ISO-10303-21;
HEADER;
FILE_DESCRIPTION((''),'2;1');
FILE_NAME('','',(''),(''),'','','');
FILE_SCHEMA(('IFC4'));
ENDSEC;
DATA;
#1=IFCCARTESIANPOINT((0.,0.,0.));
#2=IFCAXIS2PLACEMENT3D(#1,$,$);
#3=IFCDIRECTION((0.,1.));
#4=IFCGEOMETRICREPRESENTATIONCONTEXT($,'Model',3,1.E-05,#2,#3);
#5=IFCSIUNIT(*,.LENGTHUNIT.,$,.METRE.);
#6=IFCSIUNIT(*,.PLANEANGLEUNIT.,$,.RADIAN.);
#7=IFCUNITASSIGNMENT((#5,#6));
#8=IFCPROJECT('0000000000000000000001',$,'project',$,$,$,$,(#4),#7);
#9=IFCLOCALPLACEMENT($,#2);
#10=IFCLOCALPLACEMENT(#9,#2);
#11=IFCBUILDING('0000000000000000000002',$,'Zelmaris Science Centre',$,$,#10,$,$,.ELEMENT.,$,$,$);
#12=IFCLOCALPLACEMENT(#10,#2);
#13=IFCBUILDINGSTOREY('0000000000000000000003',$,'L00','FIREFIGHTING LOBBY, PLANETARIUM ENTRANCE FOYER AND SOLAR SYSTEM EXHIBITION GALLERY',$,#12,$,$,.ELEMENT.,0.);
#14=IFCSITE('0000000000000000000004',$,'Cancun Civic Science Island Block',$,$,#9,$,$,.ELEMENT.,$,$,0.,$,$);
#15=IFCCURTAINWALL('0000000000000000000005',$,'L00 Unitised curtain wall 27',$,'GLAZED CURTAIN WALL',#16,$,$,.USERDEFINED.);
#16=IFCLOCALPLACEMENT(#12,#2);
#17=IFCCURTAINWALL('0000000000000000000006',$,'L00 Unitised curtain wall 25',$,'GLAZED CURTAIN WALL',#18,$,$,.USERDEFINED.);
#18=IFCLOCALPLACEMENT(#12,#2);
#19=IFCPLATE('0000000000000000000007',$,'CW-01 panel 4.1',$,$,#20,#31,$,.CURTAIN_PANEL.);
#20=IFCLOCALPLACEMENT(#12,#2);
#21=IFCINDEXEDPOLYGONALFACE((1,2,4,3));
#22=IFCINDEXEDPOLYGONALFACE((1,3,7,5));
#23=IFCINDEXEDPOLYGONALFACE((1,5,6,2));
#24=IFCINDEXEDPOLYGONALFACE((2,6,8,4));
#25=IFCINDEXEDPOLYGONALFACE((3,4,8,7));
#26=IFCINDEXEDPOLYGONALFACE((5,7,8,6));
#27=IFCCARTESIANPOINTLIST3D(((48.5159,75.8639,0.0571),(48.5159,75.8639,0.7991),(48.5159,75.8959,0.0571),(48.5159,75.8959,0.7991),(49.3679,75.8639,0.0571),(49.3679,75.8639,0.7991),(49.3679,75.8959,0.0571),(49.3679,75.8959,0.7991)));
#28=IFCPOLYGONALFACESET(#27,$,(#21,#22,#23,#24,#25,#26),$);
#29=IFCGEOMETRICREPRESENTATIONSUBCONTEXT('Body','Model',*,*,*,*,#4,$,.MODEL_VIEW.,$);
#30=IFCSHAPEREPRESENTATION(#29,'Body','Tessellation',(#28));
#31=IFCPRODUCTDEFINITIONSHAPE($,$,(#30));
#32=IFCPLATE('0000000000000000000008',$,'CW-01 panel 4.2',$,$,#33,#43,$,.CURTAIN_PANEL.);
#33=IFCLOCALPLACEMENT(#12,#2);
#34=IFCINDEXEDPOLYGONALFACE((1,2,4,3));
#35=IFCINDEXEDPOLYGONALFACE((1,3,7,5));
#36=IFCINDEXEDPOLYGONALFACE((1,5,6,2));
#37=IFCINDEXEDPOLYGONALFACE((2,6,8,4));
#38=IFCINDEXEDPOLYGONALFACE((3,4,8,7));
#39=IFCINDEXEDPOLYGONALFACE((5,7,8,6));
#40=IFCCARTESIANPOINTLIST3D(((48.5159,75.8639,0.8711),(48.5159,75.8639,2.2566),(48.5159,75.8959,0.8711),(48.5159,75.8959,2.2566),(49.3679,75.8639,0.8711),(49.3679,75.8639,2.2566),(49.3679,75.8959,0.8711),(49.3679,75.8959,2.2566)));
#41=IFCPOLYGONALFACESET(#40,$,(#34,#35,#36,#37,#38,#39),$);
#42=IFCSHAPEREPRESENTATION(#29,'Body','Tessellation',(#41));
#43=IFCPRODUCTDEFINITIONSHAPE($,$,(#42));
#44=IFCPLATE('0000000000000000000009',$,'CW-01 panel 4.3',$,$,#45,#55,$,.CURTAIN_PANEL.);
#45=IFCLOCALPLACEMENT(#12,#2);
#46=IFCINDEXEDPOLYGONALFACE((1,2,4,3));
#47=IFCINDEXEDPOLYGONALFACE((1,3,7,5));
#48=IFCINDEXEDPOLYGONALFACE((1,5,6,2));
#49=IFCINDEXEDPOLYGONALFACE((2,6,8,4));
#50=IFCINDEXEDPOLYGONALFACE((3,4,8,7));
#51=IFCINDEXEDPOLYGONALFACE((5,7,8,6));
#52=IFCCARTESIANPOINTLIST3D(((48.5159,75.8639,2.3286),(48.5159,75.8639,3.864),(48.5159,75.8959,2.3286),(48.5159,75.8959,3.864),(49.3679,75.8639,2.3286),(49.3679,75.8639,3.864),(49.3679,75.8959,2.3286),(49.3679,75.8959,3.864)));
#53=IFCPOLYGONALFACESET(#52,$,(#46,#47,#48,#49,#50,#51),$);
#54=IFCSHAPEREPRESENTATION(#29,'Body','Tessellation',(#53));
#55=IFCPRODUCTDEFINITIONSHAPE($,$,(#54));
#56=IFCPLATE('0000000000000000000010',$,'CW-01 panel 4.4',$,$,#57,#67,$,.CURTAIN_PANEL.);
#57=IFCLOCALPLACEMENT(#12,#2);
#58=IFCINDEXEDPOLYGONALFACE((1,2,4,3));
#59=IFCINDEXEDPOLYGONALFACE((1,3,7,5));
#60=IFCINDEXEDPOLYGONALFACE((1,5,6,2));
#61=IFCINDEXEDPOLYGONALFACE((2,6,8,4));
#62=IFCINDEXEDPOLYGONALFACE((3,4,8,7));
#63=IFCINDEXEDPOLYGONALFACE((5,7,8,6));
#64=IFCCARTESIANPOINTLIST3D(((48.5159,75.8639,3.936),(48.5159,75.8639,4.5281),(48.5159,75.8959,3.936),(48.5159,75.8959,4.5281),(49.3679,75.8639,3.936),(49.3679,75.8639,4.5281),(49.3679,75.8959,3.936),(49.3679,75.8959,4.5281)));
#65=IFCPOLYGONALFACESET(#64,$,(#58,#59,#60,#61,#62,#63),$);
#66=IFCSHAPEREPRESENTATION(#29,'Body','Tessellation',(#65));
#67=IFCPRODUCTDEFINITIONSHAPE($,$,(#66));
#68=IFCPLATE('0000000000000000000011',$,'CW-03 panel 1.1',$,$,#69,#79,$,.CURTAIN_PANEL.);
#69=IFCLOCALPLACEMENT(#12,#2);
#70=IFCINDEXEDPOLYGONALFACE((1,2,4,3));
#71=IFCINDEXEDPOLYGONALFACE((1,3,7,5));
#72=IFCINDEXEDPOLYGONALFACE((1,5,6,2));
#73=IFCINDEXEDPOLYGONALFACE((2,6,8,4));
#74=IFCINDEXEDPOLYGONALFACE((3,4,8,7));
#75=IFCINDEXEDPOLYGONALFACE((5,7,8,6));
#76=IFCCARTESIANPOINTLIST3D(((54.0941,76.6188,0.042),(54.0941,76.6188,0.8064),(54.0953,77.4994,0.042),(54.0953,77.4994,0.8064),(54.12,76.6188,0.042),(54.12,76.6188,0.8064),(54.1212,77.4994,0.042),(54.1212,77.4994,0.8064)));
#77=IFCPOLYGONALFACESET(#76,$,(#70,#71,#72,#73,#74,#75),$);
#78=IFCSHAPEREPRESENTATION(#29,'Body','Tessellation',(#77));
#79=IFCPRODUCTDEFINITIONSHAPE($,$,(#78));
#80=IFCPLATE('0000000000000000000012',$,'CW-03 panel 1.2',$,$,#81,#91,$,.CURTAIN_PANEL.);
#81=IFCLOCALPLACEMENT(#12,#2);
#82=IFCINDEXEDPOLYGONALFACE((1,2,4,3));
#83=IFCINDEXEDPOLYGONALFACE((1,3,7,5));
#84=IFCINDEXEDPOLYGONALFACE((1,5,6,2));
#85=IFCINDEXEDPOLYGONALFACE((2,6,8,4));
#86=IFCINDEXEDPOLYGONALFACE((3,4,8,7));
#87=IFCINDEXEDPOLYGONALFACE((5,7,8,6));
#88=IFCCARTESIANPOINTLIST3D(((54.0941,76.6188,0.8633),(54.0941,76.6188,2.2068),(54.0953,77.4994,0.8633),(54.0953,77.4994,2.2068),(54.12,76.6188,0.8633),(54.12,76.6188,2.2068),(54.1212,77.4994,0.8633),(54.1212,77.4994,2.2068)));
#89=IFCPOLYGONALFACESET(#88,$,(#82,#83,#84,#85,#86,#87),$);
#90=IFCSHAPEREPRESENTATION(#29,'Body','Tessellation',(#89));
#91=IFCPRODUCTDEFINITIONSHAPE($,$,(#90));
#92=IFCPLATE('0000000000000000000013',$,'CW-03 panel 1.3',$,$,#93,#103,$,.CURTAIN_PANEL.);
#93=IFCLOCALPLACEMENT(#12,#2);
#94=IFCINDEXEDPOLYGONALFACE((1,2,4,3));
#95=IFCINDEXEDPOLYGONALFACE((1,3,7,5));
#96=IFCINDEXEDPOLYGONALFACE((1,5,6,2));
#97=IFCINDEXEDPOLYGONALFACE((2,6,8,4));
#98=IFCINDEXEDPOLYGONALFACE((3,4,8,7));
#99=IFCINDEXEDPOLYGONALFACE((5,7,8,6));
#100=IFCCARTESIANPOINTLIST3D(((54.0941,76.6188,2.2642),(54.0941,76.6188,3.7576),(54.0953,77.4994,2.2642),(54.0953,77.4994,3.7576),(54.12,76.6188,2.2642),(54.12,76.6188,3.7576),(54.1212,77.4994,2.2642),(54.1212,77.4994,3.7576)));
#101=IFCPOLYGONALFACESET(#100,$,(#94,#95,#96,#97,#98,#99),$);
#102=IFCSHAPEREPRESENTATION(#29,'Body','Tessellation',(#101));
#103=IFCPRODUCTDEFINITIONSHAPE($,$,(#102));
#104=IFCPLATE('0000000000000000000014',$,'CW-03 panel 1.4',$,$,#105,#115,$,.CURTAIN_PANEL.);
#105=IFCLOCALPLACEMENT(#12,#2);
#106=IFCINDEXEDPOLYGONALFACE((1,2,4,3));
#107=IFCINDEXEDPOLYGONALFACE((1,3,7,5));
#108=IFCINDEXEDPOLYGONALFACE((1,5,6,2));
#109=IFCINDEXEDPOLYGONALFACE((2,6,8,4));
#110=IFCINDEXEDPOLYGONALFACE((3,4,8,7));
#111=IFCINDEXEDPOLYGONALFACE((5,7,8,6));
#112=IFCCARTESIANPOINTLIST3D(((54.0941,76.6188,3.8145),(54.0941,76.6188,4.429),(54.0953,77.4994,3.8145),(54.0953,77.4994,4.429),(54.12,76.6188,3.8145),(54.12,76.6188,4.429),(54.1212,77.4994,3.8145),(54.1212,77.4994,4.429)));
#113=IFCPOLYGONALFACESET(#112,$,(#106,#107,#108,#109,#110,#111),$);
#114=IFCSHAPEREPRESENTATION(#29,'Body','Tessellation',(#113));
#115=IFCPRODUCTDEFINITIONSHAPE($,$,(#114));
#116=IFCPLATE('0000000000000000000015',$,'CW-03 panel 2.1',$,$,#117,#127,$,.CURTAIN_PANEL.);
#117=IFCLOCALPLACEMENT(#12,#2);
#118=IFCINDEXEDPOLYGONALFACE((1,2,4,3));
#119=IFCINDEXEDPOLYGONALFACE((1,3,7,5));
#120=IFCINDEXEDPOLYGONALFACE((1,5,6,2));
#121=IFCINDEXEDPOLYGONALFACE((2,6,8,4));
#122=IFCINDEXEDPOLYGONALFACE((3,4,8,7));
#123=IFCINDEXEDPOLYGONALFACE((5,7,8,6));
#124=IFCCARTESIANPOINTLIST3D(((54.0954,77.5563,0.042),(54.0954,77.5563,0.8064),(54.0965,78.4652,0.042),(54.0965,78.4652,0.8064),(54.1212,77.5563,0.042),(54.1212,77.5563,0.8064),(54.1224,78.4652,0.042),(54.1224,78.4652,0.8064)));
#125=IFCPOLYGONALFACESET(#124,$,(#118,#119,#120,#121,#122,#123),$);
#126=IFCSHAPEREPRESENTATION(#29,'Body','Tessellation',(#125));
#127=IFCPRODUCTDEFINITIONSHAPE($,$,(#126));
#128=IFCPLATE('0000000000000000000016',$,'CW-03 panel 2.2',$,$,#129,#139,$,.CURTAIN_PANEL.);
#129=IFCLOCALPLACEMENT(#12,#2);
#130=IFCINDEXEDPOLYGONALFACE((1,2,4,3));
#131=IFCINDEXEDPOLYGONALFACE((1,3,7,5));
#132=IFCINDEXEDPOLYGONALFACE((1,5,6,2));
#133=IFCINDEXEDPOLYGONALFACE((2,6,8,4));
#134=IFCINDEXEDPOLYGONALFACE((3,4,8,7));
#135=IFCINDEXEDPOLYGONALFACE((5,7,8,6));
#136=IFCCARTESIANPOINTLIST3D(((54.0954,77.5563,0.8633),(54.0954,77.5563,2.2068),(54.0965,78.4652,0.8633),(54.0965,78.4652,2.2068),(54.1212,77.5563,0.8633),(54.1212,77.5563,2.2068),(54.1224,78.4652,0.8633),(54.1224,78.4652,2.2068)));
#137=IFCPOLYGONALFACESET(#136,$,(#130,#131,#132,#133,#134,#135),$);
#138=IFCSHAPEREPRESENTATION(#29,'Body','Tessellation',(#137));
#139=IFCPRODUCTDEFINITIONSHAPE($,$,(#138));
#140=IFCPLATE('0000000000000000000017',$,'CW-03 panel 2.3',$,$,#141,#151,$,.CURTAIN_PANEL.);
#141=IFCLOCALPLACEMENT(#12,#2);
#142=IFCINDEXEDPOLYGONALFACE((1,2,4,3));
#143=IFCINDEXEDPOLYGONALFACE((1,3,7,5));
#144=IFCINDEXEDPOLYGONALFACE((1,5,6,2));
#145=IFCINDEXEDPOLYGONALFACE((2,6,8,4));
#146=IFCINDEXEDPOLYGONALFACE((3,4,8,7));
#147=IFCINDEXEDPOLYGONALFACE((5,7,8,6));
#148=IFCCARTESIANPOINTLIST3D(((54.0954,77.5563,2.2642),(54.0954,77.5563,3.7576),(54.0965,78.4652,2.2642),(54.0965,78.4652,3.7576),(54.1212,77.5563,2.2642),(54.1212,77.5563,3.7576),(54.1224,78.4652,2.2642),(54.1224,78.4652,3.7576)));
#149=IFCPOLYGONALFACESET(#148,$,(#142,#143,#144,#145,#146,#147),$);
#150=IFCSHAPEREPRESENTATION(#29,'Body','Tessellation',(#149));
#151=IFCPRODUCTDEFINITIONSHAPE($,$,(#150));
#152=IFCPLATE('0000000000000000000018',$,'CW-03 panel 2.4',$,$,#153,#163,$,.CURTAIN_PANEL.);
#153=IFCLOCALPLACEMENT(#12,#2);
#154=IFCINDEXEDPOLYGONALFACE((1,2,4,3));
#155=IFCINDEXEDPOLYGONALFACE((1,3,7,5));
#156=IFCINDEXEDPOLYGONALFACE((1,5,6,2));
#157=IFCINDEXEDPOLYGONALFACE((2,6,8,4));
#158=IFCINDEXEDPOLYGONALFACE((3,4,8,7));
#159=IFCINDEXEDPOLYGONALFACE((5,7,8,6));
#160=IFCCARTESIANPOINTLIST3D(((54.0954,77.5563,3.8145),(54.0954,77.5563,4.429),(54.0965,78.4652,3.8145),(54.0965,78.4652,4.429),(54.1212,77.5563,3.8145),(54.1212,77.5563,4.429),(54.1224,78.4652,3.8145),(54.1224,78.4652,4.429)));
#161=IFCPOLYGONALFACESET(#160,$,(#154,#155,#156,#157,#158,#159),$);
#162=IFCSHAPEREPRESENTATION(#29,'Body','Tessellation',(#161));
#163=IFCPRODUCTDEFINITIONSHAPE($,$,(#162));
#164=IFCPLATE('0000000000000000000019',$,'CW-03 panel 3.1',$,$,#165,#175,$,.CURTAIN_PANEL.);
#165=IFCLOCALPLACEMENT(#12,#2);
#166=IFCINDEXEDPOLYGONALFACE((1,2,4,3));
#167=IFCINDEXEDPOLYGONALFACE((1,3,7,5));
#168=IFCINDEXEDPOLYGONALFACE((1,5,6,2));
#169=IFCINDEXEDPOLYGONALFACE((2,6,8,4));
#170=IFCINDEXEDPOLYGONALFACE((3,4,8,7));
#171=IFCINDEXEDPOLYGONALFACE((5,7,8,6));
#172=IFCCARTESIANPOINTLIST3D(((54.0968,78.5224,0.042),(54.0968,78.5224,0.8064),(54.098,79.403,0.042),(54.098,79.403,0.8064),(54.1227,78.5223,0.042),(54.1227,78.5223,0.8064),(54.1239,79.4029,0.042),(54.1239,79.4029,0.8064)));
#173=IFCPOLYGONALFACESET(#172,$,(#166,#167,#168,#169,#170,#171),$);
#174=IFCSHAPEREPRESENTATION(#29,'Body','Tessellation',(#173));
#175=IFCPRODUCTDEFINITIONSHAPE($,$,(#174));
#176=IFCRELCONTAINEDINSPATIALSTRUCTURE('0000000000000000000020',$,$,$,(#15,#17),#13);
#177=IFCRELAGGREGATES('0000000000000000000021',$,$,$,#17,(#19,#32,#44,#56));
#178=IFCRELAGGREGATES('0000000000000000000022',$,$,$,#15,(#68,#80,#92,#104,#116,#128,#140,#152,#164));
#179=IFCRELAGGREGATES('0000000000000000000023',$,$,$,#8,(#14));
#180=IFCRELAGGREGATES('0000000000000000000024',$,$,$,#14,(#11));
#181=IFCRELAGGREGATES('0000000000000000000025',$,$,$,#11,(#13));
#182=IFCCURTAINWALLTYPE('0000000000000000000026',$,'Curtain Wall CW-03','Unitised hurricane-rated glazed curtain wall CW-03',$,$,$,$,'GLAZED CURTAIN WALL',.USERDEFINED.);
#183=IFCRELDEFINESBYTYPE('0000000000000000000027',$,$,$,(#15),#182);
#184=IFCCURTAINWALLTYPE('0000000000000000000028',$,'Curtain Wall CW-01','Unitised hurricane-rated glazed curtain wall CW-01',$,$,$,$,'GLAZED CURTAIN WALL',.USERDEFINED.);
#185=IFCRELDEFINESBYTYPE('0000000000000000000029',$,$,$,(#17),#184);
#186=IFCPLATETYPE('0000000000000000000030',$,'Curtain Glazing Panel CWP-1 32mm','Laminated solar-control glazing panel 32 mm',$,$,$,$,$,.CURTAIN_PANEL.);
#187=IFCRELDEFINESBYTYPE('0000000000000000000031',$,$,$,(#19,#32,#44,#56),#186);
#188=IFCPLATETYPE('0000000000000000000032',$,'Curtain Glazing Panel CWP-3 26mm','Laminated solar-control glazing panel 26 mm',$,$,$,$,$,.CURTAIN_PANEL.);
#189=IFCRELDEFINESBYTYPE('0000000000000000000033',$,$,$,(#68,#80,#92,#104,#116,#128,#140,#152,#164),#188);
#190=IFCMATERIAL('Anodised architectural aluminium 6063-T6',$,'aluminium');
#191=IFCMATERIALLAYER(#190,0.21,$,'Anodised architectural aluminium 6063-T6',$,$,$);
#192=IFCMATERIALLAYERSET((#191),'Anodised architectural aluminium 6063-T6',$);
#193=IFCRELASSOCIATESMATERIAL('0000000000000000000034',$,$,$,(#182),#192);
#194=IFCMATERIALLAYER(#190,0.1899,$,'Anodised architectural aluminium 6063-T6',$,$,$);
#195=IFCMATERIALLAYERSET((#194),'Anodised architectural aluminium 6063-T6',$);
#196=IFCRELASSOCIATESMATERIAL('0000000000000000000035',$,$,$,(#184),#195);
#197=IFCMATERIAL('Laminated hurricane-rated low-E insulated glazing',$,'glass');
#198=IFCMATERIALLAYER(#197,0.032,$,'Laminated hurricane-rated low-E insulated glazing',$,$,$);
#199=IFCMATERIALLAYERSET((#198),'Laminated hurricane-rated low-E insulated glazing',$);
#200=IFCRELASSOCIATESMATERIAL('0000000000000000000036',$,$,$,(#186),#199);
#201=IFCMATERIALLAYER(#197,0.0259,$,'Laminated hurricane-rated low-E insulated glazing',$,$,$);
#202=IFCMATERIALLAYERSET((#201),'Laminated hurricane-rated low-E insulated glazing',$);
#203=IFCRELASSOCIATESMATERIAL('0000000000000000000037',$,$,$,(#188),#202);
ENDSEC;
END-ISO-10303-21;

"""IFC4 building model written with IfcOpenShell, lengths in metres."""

from ifc_helpers import new_model, si_unit, direction, frame, origin, origin_2d, place, context, subcontext, project, spatial, rectangle, extrude, material, layer, layer_set, type_object, element, aggregate, save


model = new_model("IFC4")

# Units and contexts
model_context = context("Model", 3, precision=1e-05, world=origin(), true_north=direction((0.0, 1.0)))
body_context = subcontext(model_context, "Body", "Model", "MODEL_VIEW")
ifc_project = project(units=[si_unit("LENGTHUNIT", "METRE"), si_unit("PLANEANGLEUNIT", "RADIAN")], contexts=[model_context])

# Site, building, storey
site_placement = place(None, origin())
site = spatial("IfcSite", under=ifc_project, at=site_placement, Name="Cancun Civic Science Island Block", CompositionType="ELEMENT", RefElevation=0.0)
building_placement = place(site_placement, origin())
building = spatial("IfcBuilding", under=site, at=building_placement, Name="Zelmaris Science Centre", CompositionType="ELEMENT")
storey_placement = place(building_placement, origin())
storey = spatial("IfcBuildingStorey", under=building, at=storey_placement, Name="L00", Description="FIREFIGHTING LOBBY, PLANETARIUM ENTRANCE FOYER AND SOLAR SYSTEM EXHIBITION GALLERY", CompositionType="ELEMENT", Elevation=0.0)

# Curtain wall
ifc_material_1 = material(Name="Anodised architectural aluminium 6063-T6", Category="aluminium")
ifc_layer_1 = layer(ifc_material_1, 0.21, Name="Anodised architectural aluminium 6063-T6")
ifc_layer_set_1 = layer_set([ifc_layer_1], Name="Anodised architectural aluminium 6063-T6")
curtain_wall_type_1 = type_object("IfcCurtainWallType", Name="Curtain Wall CW-03", Description="Unitised hurricane-rated glazed curtain wall CW-03", ElementType="GLAZED CURTAIN WALL", PredefinedType="USERDEFINED", material=ifc_layer_set_1)
curtain_wall_1_placement = place(storey_placement, origin())
curtain_wall_1 = element("IfcCurtainWall", 1, at=curtain_wall_1_placement, inside=storey, type_object=curtain_wall_type_1, Name="L00 Unitised curtain wall 27", ObjectType="GLAZED CURTAIN WALL", PredefinedType="USERDEFINED")

# Curtain wall
ifc_layer_2 = layer(ifc_material_1, 0.1899, Name="Anodised architectural aluminium 6063-T6")
ifc_layer_set_2 = layer_set([ifc_layer_2], Name="Anodised architectural aluminium 6063-T6")
curtain_wall_type_2 = type_object("IfcCurtainWallType", Name="Curtain Wall CW-01", Description="Unitised hurricane-rated glazed curtain wall CW-01", ElementType="GLAZED CURTAIN WALL", PredefinedType="USERDEFINED", material=ifc_layer_set_2)
curtain_wall_2_placement = place(storey_placement, origin())
curtain_wall_2 = element("IfcCurtainWall", 2, at=curtain_wall_2_placement, inside=storey, type_object=curtain_wall_type_2, Name="L00 Unitised curtain wall 25", ObjectType="GLAZED CURTAIN WALL", PredefinedType="USERDEFINED")

# Plates
ifc_material_2 = material(Name="Laminated hurricane-rated low-E insulated glazing", Category="glass")
ifc_layer_3 = layer(ifc_material_2, 0.032, Name="Laminated hurricane-rated low-E insulated glazing")
ifc_layer_set_3 = layer_set([ifc_layer_3], Name="Laminated hurricane-rated low-E insulated glazing")
plate_type_1 = type_object("IfcPlateType", Name="Curtain Glazing Panel CWP-1 32mm", Description="Laminated solar-control glazing panel 32 mm", PredefinedType="CURTAIN_PANEL", material=ifc_layer_set_3)
plate_1_placement = place(storey_placement, frame((48.9419, 75.8799, 0.0571), z_axis=(0.0, 0.0, 1.0), x_axis=(1.0, 0.0, 0.0)))
plate_1 = element("IfcPlate", 3, at=plate_1_placement, type_object=plate_type_1, Name="CW-01 panel 4.1", PredefinedType="CURTAIN_PANEL", context=body_context, shape_type="SweptSolid", body=[
    extrude(rectangle(XDim=0.8521, YDim=0.032, at=origin_2d()), origin(), (0.0, 0.0, 1.0), 0.7419),
])
plate_2_placement = place(storey_placement, frame((48.9419, 75.8799, 0.8711), z_axis=(0.0, 0.0, 1.0), x_axis=(1.0, 0.0, 0.0)))
plate_2 = element("IfcPlate", 4, at=plate_2_placement, type_object=plate_type_1, Name="CW-01 panel 4.2", PredefinedType="CURTAIN_PANEL", context=body_context, shape_type="SweptSolid", body=[
    extrude(rectangle(XDim=0.8521, YDim=0.032, at=origin_2d()), origin(), (0.0, 0.0, 1.0), 1.3855),
])
plate_3_placement = place(storey_placement, frame((48.9419, 75.8799, 2.3286), z_axis=(0.0, 0.0, 1.0), x_axis=(1.0, 0.0, 0.0)))
plate_3 = element("IfcPlate", 5, at=plate_3_placement, type_object=plate_type_1, Name="CW-01 panel 4.3", PredefinedType="CURTAIN_PANEL", context=body_context, shape_type="SweptSolid", body=[
    extrude(rectangle(XDim=0.8521, YDim=0.032, at=origin_2d()), origin(), (0.0, 0.0, 1.0), 1.5354),
])
plate_4_placement = place(storey_placement, frame((48.9419, 75.8799, 3.936), z_axis=(0.0, 0.0, 1.0), x_axis=(1.0, 0.0, 0.0)))
plate_4 = element("IfcPlate", 6, at=plate_4_placement, type_object=plate_type_1, Name="CW-01 panel 4.4", PredefinedType="CURTAIN_PANEL", context=body_context, shape_type="SweptSolid", body=[
    extrude(rectangle(XDim=0.8521, YDim=0.032, at=origin_2d()), origin(), (0.0, 0.0, 1.0), 0.592),
])
aggregate(curtain_wall_2, [plate_1, plate_2, plate_3, plate_4])
ifc_layer_4 = layer(ifc_material_2, 0.0259, Name="Laminated hurricane-rated low-E insulated glazing")
ifc_layer_set_4 = layer_set([ifc_layer_4], Name="Laminated hurricane-rated low-E insulated glazing")
plate_type_2 = type_object("IfcPlateType", Name="Curtain Glazing Panel CWP-3 26mm", Description="Laminated solar-control glazing panel 26 mm", PredefinedType="CURTAIN_PANEL", material=ifc_layer_set_4)
plate_5_placement = place(storey_placement, frame((54.1077, 77.0591, 0.042), z_axis=(0.0, 0.0, 1.0), x_axis=(0.001311, 0.999999, 0.0)))
plate_5 = element("IfcPlate", 7, at=plate_5_placement, type_object=plate_type_2, Name="CW-03 panel 1.1", PredefinedType="CURTAIN_PANEL", context=body_context, shape_type="SweptSolid", body=[
    extrude(rectangle(XDim=0.8806, YDim=0.0259, at=origin_2d()), origin(), (0.0, 0.0, 1.0), 0.7644),
])
plate_6_placement = place(storey_placement, frame((54.1077, 77.0591, 0.8633), z_axis=(0.0, 0.0, 1.0), x_axis=(0.001311, 0.999999, 0.0)))
plate_6 = element("IfcPlate", 8, at=plate_6_placement, type_object=plate_type_2, Name="CW-03 panel 1.2", PredefinedType="CURTAIN_PANEL", context=body_context, shape_type="SweptSolid", body=[
    extrude(rectangle(XDim=0.8806, YDim=0.0259, at=origin_2d()), origin(), (0.0, 0.0, 1.0), 1.3435),
])
plate_7_placement = place(storey_placement, frame((54.1077, 77.0591, 2.2642), z_axis=(0.0, 0.0, 1.0), x_axis=(0.001311, 0.999999, 0.0)))
plate_7 = element("IfcPlate", 9, at=plate_7_placement, type_object=plate_type_2, Name="CW-03 panel 1.3", PredefinedType="CURTAIN_PANEL", context=body_context, shape_type="SweptSolid", body=[
    extrude(rectangle(XDim=0.8806, YDim=0.0259, at=origin_2d()), origin(), (0.0, 0.0, 1.0), 1.4934),
])
plate_8_placement = place(storey_placement, frame((54.1077, 77.0591, 3.8145), z_axis=(0.0, 0.0, 1.0), x_axis=(0.001311, 0.999999, 0.0)))
plate_8 = element("IfcPlate", 10, at=plate_8_placement, type_object=plate_type_2, Name="CW-03 panel 1.4", PredefinedType="CURTAIN_PANEL", context=body_context, shape_type="SweptSolid", body=[
    extrude(rectangle(XDim=0.8806, YDim=0.0259, at=origin_2d()), origin(), (0.0, 0.0, 1.0), 0.6145),
])
plate_9_placement = place(storey_placement, frame((54.1089, 78.0107, 0.042), z_axis=(0.0, 0.0, 1.0), x_axis=(0.001311, 0.999999, 0.0)))
plate_9 = element("IfcPlate", 11, at=plate_9_placement, type_object=plate_type_2, Name="CW-03 panel 2.1", PredefinedType="CURTAIN_PANEL", context=body_context, shape_type="SweptSolid", body=[
    extrude(rectangle(XDim=0.9089, YDim=0.0259, at=origin_2d()), origin(), (0.0, 0.0, 1.0), 0.7644),
])
plate_10_placement = place(storey_placement, frame((54.1089, 78.0107, 0.8633), z_axis=(0.0, 0.0, 1.0), x_axis=(0.001311, 0.999999, 0.0)))
plate_10 = element("IfcPlate", 12, at=plate_10_placement, type_object=plate_type_2, Name="CW-03 panel 2.2", PredefinedType="CURTAIN_PANEL", context=body_context, shape_type="SweptSolid", body=[
    extrude(rectangle(XDim=0.9089, YDim=0.0259, at=origin_2d()), origin(), (0.0, 0.0, 1.0), 1.3435),
])
plate_11_placement = place(storey_placement, frame((54.1089, 78.0107, 2.2642), z_axis=(0.0, 0.0, 1.0), x_axis=(0.001311, 0.999999, 0.0)))
plate_11 = element("IfcPlate", 13, at=plate_11_placement, type_object=plate_type_2, Name="CW-03 panel 2.3", PredefinedType="CURTAIN_PANEL", context=body_context, shape_type="SweptSolid", body=[
    extrude(rectangle(XDim=0.9089, YDim=0.0259, at=origin_2d()), origin(), (0.0, 0.0, 1.0), 1.4934),
])
plate_12_placement = place(storey_placement, frame((54.1089, 78.0107, 3.8145), z_axis=(0.0, 0.0, 1.0), x_axis=(0.001311, 0.999999, 0.0)))
plate_12 = element("IfcPlate", 14, at=plate_12_placement, type_object=plate_type_2, Name="CW-03 panel 2.4", PredefinedType="CURTAIN_PANEL", context=body_context, shape_type="SweptSolid", body=[
    extrude(rectangle(XDim=0.9089, YDim=0.0259, at=origin_2d()), origin(), (0.0, 0.0, 1.0), 0.6145),
])
plate_13_placement = place(storey_placement, frame((54.1104, 78.9626, 0.042), z_axis=(0.0, 0.0, 1.0), x_axis=(0.001311, 0.999999, 0.0)))
plate_13 = element("IfcPlate", 15, at=plate_13_placement, type_object=plate_type_2, Name="CW-03 panel 3.1", PredefinedType="CURTAIN_PANEL", context=body_context, shape_type="SweptSolid", body=[
    extrude(rectangle(XDim=0.8806, YDim=0.0259, at=origin_2d()), origin(), (0.0, 0.0, 1.0), 0.7644),
])
aggregate(curtain_wall_1, [plate_5, plate_6, plate_7, plate_8, plate_9, plate_10, plate_11, plate_12, plate_13])

save(model, "model.ifc")
